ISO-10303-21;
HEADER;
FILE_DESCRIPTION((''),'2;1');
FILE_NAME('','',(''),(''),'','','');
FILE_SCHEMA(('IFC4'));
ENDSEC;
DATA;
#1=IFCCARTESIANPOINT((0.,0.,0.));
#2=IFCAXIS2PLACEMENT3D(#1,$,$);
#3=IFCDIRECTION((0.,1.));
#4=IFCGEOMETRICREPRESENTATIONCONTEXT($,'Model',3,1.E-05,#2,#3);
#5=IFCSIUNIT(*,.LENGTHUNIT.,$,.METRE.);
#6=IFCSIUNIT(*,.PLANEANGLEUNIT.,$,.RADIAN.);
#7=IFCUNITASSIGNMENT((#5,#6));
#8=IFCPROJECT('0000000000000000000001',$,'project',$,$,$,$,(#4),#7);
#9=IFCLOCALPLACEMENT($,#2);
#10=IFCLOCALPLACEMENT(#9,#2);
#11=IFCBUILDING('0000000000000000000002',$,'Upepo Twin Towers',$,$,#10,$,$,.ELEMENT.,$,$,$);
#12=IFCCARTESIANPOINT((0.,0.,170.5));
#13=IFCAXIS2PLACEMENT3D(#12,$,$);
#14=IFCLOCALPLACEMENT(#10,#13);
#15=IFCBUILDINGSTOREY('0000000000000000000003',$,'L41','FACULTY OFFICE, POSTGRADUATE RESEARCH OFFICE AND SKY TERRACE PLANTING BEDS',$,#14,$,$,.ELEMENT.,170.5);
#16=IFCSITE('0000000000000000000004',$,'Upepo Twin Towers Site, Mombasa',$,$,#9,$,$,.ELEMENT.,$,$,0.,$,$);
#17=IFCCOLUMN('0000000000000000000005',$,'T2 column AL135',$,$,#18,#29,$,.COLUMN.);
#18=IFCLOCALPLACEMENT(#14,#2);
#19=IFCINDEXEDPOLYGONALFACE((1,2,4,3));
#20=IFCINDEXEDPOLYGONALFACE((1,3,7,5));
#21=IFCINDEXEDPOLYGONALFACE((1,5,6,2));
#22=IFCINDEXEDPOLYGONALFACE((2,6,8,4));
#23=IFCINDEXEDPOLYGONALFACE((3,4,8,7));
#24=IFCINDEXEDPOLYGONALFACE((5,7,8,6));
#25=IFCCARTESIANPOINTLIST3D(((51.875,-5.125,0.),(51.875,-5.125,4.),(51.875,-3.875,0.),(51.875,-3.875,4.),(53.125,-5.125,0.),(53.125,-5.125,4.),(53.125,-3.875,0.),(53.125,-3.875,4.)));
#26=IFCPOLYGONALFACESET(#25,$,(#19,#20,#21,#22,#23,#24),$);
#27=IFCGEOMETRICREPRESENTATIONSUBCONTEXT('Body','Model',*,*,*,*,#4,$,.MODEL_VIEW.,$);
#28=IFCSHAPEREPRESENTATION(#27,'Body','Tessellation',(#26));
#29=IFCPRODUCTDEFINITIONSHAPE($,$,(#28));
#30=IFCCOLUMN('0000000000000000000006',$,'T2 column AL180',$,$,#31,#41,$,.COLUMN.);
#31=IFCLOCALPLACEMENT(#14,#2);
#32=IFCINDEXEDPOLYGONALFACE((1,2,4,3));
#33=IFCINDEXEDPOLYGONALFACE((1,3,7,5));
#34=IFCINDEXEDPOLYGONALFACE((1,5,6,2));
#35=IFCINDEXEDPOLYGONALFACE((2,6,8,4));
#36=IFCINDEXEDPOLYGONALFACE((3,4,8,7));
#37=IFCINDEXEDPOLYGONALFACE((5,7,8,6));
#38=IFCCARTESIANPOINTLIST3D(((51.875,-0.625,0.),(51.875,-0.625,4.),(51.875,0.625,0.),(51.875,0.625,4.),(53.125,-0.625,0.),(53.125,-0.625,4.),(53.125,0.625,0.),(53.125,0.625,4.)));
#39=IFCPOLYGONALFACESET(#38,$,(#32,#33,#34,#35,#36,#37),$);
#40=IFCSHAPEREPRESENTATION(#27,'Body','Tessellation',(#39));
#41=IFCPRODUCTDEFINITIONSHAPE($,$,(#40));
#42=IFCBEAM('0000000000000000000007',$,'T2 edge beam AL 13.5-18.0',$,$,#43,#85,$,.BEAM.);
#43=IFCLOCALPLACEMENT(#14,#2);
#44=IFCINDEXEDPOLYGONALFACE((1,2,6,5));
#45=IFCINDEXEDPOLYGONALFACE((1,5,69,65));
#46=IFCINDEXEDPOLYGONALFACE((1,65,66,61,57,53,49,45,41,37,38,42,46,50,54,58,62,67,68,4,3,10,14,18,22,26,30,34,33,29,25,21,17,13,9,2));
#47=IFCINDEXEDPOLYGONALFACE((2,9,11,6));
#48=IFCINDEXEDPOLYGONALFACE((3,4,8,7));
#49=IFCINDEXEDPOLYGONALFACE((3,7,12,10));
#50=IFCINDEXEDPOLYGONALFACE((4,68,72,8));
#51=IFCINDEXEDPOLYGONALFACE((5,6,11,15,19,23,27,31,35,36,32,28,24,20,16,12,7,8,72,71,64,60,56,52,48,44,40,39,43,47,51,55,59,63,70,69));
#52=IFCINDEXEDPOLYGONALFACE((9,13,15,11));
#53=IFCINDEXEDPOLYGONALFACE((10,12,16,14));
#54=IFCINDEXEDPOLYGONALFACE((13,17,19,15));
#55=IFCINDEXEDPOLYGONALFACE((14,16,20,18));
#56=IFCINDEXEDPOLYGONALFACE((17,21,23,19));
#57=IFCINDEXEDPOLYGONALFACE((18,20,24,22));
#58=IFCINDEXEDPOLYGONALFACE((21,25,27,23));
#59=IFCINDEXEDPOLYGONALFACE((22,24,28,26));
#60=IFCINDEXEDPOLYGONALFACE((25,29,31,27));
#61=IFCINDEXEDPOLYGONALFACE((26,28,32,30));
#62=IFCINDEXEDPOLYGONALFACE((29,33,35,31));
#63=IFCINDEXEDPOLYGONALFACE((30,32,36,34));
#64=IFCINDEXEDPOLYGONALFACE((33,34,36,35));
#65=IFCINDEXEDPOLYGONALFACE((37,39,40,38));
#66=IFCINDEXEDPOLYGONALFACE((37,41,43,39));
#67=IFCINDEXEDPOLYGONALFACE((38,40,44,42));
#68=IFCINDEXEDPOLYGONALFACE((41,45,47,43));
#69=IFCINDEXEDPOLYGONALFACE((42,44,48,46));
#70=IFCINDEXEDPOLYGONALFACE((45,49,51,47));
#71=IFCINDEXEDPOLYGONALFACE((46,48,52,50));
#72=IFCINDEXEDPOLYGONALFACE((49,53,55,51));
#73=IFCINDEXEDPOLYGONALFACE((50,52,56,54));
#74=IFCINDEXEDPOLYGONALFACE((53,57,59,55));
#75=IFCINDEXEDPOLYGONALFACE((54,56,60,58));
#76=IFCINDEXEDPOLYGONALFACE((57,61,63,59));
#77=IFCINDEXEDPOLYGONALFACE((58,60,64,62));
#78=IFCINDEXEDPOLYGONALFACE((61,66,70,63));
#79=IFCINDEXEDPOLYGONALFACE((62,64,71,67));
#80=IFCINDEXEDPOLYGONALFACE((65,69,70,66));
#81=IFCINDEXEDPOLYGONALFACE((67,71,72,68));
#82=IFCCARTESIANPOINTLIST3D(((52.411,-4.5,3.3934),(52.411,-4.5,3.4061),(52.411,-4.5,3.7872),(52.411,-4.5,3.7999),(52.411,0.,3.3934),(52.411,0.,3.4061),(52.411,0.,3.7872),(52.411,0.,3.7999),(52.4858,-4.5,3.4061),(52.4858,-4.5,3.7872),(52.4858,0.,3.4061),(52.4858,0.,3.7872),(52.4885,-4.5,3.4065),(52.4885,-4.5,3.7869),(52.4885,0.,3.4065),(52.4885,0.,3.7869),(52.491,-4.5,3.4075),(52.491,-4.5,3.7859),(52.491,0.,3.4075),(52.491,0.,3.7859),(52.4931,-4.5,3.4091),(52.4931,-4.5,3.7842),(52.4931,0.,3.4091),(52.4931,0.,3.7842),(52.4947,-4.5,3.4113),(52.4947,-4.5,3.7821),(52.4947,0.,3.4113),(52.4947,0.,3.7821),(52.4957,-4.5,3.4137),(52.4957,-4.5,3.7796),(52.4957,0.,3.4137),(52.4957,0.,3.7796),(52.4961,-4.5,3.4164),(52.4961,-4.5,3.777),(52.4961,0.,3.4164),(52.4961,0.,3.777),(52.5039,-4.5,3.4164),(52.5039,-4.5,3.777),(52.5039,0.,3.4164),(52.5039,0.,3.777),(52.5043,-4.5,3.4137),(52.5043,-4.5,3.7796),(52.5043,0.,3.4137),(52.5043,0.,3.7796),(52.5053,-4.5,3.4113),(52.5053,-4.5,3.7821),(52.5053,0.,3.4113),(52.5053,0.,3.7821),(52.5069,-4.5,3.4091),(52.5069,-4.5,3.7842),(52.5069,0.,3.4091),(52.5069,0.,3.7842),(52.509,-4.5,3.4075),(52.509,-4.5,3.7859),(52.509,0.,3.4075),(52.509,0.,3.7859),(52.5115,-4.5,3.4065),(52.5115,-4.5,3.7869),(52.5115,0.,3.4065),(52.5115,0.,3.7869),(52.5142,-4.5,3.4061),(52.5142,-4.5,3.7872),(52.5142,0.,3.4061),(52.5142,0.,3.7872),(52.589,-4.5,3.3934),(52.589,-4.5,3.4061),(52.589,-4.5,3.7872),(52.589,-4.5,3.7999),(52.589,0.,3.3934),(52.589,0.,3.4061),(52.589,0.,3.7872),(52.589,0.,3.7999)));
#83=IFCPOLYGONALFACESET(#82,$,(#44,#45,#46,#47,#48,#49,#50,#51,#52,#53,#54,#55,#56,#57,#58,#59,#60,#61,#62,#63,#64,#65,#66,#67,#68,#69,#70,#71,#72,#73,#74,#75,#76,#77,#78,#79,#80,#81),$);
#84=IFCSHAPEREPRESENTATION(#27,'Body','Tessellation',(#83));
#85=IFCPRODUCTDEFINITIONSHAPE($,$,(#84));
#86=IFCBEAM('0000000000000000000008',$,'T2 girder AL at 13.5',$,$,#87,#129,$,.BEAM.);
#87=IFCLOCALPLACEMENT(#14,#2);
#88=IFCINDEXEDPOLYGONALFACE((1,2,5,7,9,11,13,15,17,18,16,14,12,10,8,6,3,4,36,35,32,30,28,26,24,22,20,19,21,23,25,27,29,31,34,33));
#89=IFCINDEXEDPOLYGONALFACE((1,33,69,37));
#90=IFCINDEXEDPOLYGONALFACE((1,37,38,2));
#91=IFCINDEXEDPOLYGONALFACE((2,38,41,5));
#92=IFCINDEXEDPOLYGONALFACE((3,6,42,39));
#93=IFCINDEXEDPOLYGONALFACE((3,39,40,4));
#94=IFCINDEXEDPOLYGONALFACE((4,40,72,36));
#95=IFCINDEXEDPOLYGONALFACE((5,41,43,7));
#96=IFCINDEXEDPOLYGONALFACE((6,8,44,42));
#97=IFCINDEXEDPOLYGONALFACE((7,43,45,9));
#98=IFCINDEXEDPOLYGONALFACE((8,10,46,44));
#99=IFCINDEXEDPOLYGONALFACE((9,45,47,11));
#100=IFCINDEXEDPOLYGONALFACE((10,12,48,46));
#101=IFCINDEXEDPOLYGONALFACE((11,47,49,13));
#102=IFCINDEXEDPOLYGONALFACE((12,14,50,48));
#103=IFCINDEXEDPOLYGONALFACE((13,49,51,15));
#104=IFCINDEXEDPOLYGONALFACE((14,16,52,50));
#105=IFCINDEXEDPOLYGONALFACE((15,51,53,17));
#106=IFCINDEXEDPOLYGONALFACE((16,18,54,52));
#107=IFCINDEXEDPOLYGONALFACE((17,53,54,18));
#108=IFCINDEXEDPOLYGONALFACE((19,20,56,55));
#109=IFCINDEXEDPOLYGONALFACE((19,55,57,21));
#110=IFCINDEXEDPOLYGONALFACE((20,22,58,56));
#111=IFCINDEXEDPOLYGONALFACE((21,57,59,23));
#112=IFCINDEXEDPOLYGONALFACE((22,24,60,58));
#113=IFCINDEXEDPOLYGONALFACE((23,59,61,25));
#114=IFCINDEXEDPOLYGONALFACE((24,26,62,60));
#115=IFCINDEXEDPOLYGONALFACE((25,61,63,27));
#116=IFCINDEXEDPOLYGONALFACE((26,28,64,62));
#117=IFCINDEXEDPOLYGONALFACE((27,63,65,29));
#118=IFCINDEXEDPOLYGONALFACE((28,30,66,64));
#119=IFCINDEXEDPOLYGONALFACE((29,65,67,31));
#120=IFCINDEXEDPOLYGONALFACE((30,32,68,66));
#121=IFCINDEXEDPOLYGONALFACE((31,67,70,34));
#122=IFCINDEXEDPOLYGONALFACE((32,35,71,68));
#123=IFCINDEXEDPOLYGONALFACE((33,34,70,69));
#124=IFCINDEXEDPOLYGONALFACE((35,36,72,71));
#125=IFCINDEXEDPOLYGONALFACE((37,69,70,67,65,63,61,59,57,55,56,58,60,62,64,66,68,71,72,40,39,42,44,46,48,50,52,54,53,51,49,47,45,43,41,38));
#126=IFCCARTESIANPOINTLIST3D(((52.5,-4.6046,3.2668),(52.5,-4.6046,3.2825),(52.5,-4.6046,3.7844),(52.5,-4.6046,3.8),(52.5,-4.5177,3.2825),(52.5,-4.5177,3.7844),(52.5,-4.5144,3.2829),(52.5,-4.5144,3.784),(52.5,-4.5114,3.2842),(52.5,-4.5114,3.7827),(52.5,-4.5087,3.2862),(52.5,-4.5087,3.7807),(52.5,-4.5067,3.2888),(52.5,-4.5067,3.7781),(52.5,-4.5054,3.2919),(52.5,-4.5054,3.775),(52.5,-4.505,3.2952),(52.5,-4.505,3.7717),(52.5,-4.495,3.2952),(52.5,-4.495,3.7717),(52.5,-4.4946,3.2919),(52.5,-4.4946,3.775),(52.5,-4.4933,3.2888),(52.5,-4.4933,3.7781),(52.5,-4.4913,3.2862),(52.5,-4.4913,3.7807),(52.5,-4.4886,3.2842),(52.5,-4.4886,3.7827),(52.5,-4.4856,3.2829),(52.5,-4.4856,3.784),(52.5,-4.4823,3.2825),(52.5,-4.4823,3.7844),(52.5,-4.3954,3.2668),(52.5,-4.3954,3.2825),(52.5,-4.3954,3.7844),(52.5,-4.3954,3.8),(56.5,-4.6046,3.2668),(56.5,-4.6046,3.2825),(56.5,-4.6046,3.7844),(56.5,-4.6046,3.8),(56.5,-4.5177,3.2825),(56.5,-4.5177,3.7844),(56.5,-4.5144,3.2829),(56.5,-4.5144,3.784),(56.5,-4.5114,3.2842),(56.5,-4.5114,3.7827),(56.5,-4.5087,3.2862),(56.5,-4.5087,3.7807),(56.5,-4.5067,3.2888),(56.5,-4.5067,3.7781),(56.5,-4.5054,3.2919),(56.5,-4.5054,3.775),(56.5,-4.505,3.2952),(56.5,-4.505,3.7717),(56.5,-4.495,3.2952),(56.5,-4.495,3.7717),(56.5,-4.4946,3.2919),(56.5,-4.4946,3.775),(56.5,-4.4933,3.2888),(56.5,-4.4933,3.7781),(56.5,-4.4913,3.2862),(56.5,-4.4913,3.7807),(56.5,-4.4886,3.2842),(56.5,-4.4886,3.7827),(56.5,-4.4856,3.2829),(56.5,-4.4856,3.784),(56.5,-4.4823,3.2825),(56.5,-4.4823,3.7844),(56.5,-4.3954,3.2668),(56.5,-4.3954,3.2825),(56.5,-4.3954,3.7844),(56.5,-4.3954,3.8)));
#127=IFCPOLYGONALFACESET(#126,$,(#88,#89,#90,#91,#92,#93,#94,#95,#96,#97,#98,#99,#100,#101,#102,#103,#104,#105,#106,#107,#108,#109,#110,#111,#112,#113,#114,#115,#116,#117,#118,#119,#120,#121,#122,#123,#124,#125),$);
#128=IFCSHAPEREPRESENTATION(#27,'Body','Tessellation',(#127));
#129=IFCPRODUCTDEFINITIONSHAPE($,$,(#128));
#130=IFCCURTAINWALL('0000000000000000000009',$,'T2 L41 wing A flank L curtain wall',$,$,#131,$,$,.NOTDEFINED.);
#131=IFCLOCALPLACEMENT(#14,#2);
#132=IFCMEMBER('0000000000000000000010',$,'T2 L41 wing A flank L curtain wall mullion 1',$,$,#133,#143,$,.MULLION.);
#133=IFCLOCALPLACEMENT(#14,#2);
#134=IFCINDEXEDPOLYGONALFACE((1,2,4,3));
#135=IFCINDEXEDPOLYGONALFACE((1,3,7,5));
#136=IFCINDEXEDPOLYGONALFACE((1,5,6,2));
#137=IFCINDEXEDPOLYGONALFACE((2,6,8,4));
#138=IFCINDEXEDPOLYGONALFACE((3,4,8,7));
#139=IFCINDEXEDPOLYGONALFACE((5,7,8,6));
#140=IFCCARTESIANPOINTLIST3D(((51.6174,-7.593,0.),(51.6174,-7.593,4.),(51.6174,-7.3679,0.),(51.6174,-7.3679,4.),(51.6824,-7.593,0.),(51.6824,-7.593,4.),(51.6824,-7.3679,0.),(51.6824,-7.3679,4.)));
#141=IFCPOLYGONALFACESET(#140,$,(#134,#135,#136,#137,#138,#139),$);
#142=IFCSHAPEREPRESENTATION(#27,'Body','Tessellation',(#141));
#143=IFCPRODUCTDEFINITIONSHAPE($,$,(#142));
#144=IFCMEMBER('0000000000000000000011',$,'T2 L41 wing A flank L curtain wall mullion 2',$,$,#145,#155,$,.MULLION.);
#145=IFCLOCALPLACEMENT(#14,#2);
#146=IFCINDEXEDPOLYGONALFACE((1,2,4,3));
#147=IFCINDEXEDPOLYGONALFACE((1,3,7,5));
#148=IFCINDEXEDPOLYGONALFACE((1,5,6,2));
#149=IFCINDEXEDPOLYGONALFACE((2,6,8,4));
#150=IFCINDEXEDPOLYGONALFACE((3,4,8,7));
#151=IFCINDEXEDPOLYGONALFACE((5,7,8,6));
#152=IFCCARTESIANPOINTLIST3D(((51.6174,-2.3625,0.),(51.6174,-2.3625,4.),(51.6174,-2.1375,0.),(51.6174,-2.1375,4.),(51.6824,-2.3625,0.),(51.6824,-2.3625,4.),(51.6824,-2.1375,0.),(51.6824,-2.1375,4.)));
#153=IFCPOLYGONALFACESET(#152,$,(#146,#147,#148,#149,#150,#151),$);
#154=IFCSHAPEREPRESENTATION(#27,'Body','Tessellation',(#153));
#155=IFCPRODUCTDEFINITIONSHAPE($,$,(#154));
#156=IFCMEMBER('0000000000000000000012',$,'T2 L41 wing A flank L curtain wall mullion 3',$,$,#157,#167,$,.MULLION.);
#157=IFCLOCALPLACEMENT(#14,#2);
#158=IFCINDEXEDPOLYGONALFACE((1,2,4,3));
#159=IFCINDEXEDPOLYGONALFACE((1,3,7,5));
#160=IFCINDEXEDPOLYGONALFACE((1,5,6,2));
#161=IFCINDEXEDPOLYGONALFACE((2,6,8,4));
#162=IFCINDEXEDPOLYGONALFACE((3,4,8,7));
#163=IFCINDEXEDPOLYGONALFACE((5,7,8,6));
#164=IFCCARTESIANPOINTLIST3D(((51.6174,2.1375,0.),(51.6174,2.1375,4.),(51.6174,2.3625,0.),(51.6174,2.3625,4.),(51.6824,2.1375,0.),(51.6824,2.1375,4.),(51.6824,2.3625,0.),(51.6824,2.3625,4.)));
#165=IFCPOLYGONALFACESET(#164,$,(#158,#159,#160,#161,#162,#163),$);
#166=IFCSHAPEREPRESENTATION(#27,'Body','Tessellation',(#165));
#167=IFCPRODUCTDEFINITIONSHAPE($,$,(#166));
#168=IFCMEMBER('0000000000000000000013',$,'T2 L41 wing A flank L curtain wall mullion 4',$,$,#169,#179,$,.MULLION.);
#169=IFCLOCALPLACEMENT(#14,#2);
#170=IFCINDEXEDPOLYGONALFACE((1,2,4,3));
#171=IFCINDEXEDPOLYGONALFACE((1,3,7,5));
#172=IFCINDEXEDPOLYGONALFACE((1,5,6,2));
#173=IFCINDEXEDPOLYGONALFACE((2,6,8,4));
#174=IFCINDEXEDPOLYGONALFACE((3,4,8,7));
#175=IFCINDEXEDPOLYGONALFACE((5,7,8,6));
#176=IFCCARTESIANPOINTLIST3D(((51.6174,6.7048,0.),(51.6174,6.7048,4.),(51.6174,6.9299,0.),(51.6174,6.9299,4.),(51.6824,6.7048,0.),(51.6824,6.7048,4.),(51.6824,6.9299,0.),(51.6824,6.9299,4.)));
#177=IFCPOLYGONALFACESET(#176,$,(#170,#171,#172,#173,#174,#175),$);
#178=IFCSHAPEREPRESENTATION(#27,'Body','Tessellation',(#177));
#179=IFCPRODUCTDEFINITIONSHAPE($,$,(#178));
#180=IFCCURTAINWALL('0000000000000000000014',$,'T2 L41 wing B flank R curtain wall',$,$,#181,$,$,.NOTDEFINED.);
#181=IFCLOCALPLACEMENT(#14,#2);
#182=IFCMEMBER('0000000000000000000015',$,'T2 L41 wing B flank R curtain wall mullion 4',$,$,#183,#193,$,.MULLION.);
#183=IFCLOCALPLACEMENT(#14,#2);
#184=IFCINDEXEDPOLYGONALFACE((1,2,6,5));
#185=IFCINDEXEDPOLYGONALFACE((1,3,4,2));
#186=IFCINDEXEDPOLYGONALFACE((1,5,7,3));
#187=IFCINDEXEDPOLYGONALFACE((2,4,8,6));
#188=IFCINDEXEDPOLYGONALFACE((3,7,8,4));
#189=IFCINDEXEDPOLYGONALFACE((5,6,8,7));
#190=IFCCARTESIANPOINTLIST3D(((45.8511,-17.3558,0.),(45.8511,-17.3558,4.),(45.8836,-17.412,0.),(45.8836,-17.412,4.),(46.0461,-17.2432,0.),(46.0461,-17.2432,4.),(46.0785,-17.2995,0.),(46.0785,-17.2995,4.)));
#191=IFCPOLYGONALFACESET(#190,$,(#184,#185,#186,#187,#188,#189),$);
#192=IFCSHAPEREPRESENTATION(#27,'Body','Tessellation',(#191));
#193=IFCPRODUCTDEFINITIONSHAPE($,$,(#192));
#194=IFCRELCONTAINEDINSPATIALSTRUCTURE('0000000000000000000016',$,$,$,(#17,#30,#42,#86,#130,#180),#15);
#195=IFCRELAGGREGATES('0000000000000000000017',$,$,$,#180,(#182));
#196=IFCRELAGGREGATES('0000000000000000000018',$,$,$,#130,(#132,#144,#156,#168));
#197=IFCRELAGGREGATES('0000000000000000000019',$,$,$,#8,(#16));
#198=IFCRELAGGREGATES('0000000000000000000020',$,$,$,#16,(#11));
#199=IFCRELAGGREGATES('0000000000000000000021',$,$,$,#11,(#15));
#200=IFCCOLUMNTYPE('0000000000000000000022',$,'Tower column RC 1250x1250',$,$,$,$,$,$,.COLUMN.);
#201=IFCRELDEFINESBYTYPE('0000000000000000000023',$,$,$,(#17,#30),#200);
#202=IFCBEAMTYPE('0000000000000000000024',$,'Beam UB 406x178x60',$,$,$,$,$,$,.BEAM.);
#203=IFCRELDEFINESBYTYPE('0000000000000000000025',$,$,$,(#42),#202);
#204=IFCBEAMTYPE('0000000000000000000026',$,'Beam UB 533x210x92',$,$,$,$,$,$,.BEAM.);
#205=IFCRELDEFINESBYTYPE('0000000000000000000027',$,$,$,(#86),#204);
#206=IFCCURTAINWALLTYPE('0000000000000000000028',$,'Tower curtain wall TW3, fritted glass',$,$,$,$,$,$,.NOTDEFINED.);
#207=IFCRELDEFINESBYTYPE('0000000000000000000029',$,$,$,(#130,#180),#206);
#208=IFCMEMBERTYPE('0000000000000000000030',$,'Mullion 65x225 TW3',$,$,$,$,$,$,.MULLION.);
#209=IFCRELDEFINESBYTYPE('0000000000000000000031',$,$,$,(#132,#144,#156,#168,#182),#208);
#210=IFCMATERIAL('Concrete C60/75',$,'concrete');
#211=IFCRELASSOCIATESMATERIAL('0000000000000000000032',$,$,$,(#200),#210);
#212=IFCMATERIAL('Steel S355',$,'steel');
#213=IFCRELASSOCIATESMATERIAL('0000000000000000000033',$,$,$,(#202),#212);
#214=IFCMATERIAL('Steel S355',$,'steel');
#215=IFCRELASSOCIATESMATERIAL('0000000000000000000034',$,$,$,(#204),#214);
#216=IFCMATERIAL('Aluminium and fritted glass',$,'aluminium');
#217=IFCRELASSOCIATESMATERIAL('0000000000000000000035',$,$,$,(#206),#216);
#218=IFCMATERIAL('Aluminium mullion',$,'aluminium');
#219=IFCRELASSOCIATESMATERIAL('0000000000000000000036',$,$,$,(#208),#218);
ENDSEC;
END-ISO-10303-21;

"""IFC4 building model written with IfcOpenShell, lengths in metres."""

from ifc_helpers import new_model, si_unit, direction, frame, origin, origin_2d, place, context, subcontext, project, spatial, rectangle, i_section, extrude, material, material_profile, profile_set, type_object, element, aggregate, save


model = new_model("IFC4")

# Units and contexts
model_context = context("Model", 3, precision=1e-05, world=origin(), true_north=direction((0.0, 1.0)))
body_context = subcontext(model_context, "Body", "Model", "MODEL_VIEW")
ifc_project = project(units=[si_unit("LENGTHUNIT", "METRE"), si_unit("PLANEANGLEUNIT", "RADIAN")], contexts=[model_context])

# Site, building, storey
site_placement = place(None, origin())
site = spatial("IfcSite", under=ifc_project, at=site_placement, Name="Upepo Twin Towers Site, Mombasa", CompositionType="ELEMENT", RefElevation=0.0)
building_placement = place(site_placement, origin())
building = spatial("IfcBuilding", under=site, at=building_placement, Name="Upepo Twin Towers", CompositionType="ELEMENT")
storey_placement = place(building_placement, frame((0.0, 0.0, 170.5)))
storey = spatial("IfcBuildingStorey", under=building, at=storey_placement, Name="L41", Description="FACULTY OFFICE, POSTGRADUATE RESEARCH OFFICE AND SKY TERRACE PLANTING BEDS", CompositionType="ELEMENT", Elevation=170.5)

# Columns
ifc_material_1 = material(Name="Concrete C60/75", Category="concrete")
ifc_material_profile_1 = material_profile(ifc_material_1, rectangle(XDim=1.25, YDim=1.25, at=origin_2d()), Name="RC 1250x1250")
ifc_profile_set_1 = profile_set([ifc_material_profile_1], Name="Concrete C60/75")
column_type = type_object("IfcColumnType", Name="Tower column RC 1250x1250", PredefinedType="COLUMN", material=ifc_profile_set_1)
for number, where, z_axis, x_axis, name in (
    (1, (52.5, -4.5, 0.0), (0.0, 0.0, 1.0), (1.0, 0.0, 0.0), "T2 column AL135"),
    (2, (52.5, 0.0, 0.0), (0.0, 0.0, 1.0), (1.0, 0.0, 0.0), "T2 column AL180"),
):
    element("IfcColumn", number, at=place(storey_placement, frame(where, z_axis=z_axis, x_axis=x_axis)), inside=storey, type_object=column_type, Name=name, PredefinedType="COLUMN", context=body_context, shape_type="SweptSolid", body=[
        extrude(rectangle(XDim=1.25, YDim=1.25, at=origin_2d()), origin(), (0.0, 0.0, 1.0), 4.0),
    ])

# Beams
ifc_material_2 = material(Name="Steel S355", Category="steel")
ifc_material_profile_2 = material_profile(ifc_material_2, i_section(OverallWidth=0.178, OverallDepth=0.4065, WebThickness=0.0078, FlangeThickness=0.0127, FilletRadius=0.0103, at=origin_2d()), Name="UB 406x178x60")
ifc_profile_set_2 = profile_set([ifc_material_profile_2], Name="Steel S355")
beam_type_1 = type_object("IfcBeamType", Name="Beam UB 406x178x60", PredefinedType="BEAM", material=ifc_profile_set_2)
beam_1_placement = place(storey_placement, frame((52.5, -4.5, 3.5967), z_axis=(0.0, 1.0, 0.0), x_axis=(-1.0, 0.0, 0.0)))
element("IfcBeam", 3, at=beam_1_placement, inside=storey, type_object=beam_type_1, Name="T2 edge beam AL 13.5-18.0", PredefinedType="BEAM", context=body_context, shape_type="SweptSolid", body=[
    extrude(i_section(OverallWidth=0.178, OverallDepth=0.4065, WebThickness=0.0078, FlangeThickness=0.0127, FilletRadius=0.0103, at=origin_2d()), origin(), (0.0, 0.0, 1.0), 4.5),
])
ifc_material_3 = material(Name="Steel S355", Category="steel")
ifc_material_profile_3 = material_profile(ifc_material_3, i_section(OverallWidth=0.2092, OverallDepth=0.5332, WebThickness=0.01, FlangeThickness=0.0156, FilletRadius=0.0127, at=origin_2d()), Name="UB 533x210x92")
ifc_profile_set_3 = profile_set([ifc_material_profile_3], Name="Steel S355")
beam_type_2 = type_object("IfcBeamType", Name="Beam UB 533x210x92", PredefinedType="BEAM", material=ifc_profile_set_3)
beam_2_placement = place(storey_placement, frame((52.5, -4.5, 3.5334), z_axis=(1.0, 0.0, 0.0), x_axis=(0.0, 1.0, 0.0)))
element("IfcBeam", 4, at=beam_2_placement, inside=storey, type_object=beam_type_2, Name="T2 girder AL at 13.5", PredefinedType="BEAM", context=body_context, shape_type="SweptSolid", body=[
    extrude(i_section(OverallWidth=0.2092, OverallDepth=0.5332, WebThickness=0.01, FlangeThickness=0.0156, FilletRadius=0.0127, at=origin_2d()), origin(), (0.0, 0.0, 1.0), 4.0),
])

# Curtain wall, members
ifc_material_4 = material(Name="Aluminium and fritted glass", Category="aluminium")
curtain_wall_type = type_object("IfcCurtainWallType", Name="Tower curtain wall TW3, fritted glass", PredefinedType="NOTDEFINED", material=ifc_material_4)
curtain_wall_1_placement = place(storey_placement, origin())
curtain_wall_1 = element("IfcCurtainWall", 5, at=curtain_wall_1_placement, inside=storey, type_object=curtain_wall_type, Name="T2 L41 wing A flank L curtain wall", PredefinedType="NOTDEFINED")
ifc_material_5 = material(Name="Aluminium mullion", Category="aluminium")
ifc_material_profile_4 = material_profile(ifc_material_5, rectangle(XDim=0.0649, YDim=0.2251, at=origin_2d()), Name="MULLION 65x225")
ifc_profile_set_4 = profile_set([ifc_material_profile_4], Name="Aluminium mullion")
member_type_1 = type_object("IfcMemberType", Name="Mullion 65x225 TW3", PredefinedType="MULLION", material=ifc_profile_set_4)
member_1_placement = place(storey_placement, frame((51.6499, -7.4805, 0.0), z_axis=(0.0, 0.0, 1.0), x_axis=(-1.0, 0.0, 0.0)))
member_1 = element("IfcMember", 6, at=member_1_placement, type_object=member_type_1, Name="T2 L41 wing A flank L curtain wall mullion 1", PredefinedType="MULLION", context=body_context, shape_type="SweptSolid", body=[
    extrude(rectangle(XDim=0.0649, YDim=0.2251, at=origin_2d()), origin(), (0.0, 0.0, 1.0), 4.0),
])
member_2_placement = place(storey_placement, frame((51.6499, -2.25, 0.0), z_axis=(0.0, 0.0, 1.0), x_axis=(-1.0, 0.0, 0.0)))
member_2 = element("IfcMember", 7, at=member_2_placement, type_object=member_type_1, Name="T2 L41 wing A flank L curtain wall mullion 2", PredefinedType="MULLION", context=body_context, shape_type="SweptSolid", body=[
    extrude(rectangle(XDim=0.0649, YDim=0.2251, at=origin_2d()), origin(), (0.0, 0.0, 1.0), 4.0),
])
member_3_placement = place(storey_placement, frame((51.6499, 2.25, 0.0), z_axis=(0.0, 0.0, 1.0), x_axis=(-1.0, 0.0, 0.0)))
member_3 = element("IfcMember", 8, at=member_3_placement, type_object=member_type_1, Name="T2 L41 wing A flank L curtain wall mullion 3", PredefinedType="MULLION", context=body_context, shape_type="SweptSolid", body=[
    extrude(rectangle(XDim=0.0649, YDim=0.2251, at=origin_2d()), origin(), (0.0, 0.0, 1.0), 4.0),
])
member_4_placement = place(storey_placement, frame((51.6499, 6.8174, 0.0), z_axis=(0.0, 0.0, 1.0), x_axis=(-1.0, 0.0, 0.0)))
member_4 = element("IfcMember", 9, at=member_4_placement, type_object=member_type_1, Name="T2 L41 wing A flank L curtain wall mullion 4", PredefinedType="MULLION", context=body_context, shape_type="SweptSolid", body=[
    extrude(rectangle(XDim=0.0649, YDim=0.2251, at=origin_2d()), origin(), (0.0, 0.0, 1.0), 4.0),
])

# Curtain wall, member
curtain_wall_2_placement = place(storey_placement, origin())
curtain_wall_2 = element("IfcCurtainWall", 10, at=curtain_wall_2_placement, inside=storey, type_object=curtain_wall_type, Name="T2 L41 wing B flank R curtain wall", PredefinedType="NOTDEFINED")
member_5_placement = place(storey_placement, frame((45.9648, -17.3276, 0.0), z_axis=(0.0, 0.0, 1.0), x_axis=(-0.5, 0.866025, 0.0)))
member_5 = element("IfcMember", 11, at=member_5_placement, type_object=member_type_1, Name="T2 L41 wing B flank R curtain wall mullion 4", PredefinedType="MULLION", context=body_context, shape_type="SweptSolid", body=[
    extrude(rectangle(XDim=0.0649, YDim=0.2251, at=origin_2d()), origin(), (0.0, 0.0, 1.0), 4.0),
])
aggregate(curtain_wall_2, [member_5])

aggregate(curtain_wall_1, [member_1, member_2, member_3, member_4])

save(model, "model.ifc")
